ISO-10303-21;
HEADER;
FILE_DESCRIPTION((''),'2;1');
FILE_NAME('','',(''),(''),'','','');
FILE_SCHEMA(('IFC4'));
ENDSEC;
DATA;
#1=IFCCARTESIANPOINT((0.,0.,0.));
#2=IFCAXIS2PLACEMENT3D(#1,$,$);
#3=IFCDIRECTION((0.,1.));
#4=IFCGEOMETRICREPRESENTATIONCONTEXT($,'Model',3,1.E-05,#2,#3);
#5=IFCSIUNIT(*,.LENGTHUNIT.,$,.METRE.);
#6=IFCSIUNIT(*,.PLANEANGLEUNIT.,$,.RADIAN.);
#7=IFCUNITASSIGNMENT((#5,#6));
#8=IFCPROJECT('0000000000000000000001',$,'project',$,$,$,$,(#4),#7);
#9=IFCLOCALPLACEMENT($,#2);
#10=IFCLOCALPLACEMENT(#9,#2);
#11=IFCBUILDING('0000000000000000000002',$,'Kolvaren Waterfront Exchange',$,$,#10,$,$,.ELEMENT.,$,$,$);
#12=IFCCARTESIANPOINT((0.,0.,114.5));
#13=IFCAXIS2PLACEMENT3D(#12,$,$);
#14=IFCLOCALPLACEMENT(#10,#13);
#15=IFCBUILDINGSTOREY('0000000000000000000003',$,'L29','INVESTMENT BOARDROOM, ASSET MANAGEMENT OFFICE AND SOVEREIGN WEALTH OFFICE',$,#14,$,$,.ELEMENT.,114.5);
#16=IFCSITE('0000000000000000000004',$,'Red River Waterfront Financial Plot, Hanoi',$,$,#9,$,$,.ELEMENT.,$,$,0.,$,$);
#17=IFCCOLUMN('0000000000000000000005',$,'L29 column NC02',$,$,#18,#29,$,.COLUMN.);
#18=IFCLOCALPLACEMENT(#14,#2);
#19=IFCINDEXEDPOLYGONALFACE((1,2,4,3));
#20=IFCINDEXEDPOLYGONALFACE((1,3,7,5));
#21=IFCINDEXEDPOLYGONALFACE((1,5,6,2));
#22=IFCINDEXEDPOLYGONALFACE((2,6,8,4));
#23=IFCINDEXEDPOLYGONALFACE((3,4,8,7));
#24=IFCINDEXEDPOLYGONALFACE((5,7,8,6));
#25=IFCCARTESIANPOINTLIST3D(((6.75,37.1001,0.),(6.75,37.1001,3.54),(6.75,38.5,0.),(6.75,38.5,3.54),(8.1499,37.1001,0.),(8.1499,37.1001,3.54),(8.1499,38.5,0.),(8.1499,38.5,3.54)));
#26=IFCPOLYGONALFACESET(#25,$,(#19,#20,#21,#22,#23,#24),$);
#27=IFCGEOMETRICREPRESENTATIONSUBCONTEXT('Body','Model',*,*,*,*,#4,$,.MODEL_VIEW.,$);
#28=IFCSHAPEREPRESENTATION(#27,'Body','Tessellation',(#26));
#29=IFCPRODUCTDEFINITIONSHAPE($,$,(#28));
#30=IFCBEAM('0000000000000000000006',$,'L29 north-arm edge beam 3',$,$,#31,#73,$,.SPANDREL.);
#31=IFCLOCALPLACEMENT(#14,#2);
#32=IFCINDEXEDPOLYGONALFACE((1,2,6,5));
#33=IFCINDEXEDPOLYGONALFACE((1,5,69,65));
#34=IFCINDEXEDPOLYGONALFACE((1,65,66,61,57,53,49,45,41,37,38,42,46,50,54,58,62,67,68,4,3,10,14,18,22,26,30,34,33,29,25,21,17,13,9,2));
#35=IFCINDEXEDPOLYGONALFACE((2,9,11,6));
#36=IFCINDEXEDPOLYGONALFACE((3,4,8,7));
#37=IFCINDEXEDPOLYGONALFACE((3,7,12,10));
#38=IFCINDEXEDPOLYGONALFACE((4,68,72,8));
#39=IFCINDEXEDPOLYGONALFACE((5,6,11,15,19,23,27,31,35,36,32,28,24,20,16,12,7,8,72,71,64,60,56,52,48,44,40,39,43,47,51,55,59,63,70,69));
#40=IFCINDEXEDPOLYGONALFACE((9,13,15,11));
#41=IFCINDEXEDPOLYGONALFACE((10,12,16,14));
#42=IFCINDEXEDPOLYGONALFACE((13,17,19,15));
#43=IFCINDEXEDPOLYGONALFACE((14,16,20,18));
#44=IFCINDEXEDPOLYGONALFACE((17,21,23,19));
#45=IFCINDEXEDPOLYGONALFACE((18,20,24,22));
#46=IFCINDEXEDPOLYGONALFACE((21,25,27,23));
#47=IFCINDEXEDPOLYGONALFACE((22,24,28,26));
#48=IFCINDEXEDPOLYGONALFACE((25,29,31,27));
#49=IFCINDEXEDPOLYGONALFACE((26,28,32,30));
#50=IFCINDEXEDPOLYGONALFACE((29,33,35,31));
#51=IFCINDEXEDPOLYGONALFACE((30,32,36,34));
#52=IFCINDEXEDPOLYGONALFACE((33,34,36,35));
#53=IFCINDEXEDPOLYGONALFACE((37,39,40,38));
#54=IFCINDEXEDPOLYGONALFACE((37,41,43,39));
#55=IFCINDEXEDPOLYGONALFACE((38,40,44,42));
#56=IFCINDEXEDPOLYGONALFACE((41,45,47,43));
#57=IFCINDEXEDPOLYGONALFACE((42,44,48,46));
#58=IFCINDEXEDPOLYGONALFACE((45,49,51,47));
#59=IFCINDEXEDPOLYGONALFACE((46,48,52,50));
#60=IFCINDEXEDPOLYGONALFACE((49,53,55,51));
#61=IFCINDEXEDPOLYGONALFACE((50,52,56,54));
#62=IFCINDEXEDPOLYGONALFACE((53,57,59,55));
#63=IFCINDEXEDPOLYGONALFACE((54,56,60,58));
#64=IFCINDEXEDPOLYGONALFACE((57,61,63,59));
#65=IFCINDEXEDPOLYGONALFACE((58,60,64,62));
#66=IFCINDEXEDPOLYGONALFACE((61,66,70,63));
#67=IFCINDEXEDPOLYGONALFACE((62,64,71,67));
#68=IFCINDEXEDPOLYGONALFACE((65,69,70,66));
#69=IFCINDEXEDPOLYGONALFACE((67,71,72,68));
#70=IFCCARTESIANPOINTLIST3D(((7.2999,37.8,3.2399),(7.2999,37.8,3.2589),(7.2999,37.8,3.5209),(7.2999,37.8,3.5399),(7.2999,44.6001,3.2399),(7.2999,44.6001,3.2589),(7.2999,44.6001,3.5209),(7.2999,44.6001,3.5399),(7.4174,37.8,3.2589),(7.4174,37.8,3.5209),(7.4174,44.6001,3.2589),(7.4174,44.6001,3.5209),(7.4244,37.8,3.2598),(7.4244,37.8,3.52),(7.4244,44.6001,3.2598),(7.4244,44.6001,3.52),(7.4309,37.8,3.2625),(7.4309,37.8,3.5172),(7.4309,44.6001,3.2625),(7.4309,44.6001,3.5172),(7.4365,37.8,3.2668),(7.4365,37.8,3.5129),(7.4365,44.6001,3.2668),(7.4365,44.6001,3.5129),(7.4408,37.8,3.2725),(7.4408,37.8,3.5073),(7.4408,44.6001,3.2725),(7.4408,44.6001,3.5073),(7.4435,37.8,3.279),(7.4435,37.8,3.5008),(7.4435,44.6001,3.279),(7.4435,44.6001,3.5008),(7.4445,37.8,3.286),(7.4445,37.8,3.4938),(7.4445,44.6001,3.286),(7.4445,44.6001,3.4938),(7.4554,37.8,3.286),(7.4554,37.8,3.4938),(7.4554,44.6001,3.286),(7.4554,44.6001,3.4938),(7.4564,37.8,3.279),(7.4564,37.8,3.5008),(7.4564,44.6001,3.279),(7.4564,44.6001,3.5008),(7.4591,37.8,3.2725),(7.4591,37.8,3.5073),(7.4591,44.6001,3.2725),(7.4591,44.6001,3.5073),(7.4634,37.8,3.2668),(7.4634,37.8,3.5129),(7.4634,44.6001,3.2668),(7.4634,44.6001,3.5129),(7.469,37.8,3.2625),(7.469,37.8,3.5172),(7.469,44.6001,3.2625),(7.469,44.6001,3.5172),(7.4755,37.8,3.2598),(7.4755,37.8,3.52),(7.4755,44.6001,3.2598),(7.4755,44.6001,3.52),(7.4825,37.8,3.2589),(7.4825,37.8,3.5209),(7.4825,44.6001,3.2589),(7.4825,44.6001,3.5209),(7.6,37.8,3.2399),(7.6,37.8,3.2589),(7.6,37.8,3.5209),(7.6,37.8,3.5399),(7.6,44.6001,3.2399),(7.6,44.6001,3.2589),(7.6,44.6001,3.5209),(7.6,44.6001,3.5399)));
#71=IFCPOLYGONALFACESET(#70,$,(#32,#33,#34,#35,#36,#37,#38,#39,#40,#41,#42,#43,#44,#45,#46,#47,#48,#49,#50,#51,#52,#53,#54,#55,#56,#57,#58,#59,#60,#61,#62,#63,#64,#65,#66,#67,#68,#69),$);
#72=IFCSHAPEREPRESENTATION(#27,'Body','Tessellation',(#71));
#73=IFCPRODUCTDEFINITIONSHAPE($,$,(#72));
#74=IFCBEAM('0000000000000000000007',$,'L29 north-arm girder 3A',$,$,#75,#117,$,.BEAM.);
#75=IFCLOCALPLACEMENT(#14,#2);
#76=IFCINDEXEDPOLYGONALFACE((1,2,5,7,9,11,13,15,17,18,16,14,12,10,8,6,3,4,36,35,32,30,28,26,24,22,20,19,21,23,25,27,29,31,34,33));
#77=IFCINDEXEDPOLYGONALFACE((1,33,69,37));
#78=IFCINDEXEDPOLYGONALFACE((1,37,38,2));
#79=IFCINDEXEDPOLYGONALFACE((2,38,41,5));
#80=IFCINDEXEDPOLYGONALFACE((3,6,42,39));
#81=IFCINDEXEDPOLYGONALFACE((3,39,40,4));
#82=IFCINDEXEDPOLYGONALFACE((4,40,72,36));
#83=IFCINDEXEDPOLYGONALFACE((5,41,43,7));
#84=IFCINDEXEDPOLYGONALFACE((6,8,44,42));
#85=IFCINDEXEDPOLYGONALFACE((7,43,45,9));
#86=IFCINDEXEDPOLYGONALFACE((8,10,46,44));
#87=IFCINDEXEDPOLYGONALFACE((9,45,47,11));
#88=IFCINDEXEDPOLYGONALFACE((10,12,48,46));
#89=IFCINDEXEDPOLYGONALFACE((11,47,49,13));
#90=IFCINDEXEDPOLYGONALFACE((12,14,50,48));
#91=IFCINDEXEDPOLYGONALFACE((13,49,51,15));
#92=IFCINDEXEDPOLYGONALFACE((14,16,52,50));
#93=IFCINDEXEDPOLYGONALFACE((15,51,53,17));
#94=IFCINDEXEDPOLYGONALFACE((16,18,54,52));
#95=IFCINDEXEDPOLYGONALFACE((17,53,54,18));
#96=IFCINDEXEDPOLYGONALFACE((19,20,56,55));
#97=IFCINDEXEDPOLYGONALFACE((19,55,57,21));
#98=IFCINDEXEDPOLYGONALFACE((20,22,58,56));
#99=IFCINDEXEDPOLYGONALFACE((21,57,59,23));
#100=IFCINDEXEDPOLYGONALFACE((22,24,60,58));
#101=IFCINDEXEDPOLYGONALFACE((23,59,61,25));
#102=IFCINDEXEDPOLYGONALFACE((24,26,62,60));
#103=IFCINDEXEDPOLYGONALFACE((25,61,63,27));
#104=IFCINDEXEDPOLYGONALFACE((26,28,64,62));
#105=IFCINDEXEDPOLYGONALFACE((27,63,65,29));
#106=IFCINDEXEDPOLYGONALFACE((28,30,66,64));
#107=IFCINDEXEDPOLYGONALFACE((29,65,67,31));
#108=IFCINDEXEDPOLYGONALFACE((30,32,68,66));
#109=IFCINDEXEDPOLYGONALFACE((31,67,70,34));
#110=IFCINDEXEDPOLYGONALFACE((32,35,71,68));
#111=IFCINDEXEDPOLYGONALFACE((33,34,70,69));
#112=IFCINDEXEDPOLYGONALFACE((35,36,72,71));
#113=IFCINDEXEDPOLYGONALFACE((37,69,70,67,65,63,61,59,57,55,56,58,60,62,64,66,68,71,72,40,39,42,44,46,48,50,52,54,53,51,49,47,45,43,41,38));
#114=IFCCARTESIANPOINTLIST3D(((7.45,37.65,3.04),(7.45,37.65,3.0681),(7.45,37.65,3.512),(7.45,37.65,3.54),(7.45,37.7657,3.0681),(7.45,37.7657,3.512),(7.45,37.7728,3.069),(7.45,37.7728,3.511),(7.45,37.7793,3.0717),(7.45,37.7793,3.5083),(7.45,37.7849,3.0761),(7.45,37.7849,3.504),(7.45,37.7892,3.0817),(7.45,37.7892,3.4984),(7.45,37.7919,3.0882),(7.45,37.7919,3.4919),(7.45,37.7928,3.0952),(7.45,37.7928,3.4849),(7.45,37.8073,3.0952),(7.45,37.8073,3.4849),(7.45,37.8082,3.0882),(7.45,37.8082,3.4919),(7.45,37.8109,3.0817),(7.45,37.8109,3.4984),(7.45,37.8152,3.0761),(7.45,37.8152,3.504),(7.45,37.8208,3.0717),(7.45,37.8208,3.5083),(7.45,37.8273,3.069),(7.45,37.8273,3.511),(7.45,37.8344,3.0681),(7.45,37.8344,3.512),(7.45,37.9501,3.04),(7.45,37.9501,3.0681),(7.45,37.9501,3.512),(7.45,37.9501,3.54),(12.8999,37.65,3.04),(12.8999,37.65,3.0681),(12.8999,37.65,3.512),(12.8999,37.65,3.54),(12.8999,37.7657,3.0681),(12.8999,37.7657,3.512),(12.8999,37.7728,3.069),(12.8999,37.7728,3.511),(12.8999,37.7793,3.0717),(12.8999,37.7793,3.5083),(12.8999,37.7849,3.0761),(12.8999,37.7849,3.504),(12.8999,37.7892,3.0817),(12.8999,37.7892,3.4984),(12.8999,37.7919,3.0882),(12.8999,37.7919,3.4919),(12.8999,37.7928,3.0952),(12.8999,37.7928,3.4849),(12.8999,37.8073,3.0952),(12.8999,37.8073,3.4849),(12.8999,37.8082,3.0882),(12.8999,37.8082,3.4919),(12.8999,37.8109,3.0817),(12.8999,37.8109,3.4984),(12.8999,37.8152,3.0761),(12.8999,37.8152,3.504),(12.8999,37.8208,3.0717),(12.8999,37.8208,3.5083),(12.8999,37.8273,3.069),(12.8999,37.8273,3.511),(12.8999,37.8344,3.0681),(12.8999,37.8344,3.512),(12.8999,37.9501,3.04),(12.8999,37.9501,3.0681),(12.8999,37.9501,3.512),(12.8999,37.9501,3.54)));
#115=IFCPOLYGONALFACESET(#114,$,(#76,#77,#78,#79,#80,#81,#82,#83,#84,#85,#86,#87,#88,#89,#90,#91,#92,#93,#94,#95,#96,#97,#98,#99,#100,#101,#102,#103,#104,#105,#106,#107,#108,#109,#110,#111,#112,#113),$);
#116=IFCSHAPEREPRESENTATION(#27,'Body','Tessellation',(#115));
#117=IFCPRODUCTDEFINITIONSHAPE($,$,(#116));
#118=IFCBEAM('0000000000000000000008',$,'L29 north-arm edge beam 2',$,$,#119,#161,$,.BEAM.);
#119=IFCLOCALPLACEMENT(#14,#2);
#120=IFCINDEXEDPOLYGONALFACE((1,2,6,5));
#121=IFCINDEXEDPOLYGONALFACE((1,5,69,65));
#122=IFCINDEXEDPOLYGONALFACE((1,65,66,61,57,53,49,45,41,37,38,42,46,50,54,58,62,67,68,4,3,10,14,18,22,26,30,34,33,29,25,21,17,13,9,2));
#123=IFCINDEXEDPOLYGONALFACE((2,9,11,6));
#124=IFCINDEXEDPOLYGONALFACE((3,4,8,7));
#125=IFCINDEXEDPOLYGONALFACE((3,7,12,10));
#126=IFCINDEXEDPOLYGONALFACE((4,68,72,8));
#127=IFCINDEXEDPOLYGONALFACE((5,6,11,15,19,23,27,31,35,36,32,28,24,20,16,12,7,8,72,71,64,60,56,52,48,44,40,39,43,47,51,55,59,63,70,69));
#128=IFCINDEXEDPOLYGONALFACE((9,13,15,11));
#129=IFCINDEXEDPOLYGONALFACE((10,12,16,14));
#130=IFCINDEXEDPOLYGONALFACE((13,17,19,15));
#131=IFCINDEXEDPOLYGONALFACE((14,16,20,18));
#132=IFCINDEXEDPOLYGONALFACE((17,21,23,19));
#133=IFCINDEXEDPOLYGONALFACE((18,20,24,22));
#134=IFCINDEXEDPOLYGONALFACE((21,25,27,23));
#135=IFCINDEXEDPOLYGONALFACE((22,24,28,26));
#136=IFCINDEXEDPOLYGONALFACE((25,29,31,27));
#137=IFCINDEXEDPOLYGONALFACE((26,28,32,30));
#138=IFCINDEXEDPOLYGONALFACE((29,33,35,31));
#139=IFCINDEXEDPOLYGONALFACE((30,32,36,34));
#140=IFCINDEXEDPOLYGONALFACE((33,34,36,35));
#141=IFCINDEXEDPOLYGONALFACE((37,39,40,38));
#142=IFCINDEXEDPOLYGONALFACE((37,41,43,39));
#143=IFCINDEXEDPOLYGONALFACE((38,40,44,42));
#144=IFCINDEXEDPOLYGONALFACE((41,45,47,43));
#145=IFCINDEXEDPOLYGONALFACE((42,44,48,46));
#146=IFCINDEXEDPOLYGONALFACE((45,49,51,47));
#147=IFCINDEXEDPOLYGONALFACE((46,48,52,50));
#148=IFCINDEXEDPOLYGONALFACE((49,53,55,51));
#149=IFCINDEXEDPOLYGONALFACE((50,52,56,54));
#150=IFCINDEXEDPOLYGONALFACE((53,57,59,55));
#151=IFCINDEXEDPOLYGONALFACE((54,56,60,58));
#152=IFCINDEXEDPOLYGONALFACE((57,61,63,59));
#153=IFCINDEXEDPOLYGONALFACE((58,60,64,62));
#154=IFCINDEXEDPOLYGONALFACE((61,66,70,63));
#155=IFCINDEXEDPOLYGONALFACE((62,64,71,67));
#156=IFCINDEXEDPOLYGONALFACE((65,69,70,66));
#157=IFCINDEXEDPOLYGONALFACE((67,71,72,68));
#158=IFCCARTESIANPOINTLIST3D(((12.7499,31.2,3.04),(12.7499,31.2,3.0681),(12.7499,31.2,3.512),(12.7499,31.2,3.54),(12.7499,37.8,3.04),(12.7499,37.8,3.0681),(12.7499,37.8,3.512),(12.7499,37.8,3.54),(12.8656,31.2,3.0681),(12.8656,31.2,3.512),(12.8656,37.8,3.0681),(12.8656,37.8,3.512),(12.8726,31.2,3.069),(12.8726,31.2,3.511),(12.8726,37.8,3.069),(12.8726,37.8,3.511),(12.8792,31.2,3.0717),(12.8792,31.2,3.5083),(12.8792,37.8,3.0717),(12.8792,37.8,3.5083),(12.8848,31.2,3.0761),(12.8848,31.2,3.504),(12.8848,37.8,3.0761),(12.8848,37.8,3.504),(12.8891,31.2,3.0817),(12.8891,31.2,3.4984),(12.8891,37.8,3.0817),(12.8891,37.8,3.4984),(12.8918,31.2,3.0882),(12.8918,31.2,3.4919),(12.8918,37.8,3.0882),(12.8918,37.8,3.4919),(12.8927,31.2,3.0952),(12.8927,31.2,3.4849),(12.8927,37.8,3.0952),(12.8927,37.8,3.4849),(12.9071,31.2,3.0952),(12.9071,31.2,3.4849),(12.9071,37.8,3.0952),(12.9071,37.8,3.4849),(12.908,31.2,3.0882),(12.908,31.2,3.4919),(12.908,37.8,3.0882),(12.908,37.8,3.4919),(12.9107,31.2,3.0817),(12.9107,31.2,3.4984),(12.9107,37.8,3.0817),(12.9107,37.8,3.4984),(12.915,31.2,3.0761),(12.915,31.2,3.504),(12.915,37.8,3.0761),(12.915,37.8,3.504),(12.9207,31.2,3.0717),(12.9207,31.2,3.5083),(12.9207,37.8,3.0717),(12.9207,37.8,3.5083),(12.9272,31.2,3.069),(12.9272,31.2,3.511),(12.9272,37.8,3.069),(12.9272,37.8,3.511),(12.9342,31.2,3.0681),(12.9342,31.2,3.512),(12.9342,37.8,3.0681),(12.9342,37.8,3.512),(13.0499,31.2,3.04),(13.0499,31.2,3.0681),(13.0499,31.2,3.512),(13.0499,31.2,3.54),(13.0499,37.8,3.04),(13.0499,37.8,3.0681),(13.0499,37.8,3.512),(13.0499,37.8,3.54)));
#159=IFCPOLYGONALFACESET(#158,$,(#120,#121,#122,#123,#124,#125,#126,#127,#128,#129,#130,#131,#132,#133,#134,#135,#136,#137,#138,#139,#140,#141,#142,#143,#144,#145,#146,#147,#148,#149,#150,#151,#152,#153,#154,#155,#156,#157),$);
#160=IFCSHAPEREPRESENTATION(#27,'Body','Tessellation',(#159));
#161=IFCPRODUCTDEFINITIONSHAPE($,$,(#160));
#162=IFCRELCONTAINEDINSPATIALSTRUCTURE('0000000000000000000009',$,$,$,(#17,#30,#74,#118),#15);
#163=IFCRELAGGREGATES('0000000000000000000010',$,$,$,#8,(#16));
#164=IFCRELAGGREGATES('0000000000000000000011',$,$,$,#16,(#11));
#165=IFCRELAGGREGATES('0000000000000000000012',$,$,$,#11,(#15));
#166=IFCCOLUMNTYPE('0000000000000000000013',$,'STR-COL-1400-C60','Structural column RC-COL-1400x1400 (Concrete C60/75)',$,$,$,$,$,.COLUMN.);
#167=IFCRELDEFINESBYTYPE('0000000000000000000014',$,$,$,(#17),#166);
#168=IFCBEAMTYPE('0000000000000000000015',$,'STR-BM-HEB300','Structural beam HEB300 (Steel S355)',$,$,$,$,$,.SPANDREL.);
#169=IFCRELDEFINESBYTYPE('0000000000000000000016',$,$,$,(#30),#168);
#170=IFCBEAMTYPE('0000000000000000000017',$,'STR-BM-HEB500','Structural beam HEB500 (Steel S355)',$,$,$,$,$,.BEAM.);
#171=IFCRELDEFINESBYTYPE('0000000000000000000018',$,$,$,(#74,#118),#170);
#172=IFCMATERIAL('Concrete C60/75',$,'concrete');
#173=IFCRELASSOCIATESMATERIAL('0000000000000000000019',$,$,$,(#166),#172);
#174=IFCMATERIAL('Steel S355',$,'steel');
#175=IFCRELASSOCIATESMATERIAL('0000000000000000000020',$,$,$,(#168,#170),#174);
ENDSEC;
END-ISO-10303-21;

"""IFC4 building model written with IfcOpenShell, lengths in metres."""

from ifc_helpers import new_model, si_unit, direction, frame, origin, origin_2d, place, context, subcontext, project, spatial, rectangle, i_section, extrude, material, material_profile, profile_set, type_object, element, save


model = new_model("IFC4")

# Units and contexts
model_context = context("Model", 3, precision=1e-05, world=origin(), true_north=direction((0.0, 1.0)))
body_context = subcontext(model_context, "Body", "Model", "MODEL_VIEW")
ifc_project = project(units=[si_unit("LENGTHUNIT", "METRE"), si_unit("PLANEANGLEUNIT", "RADIAN")], contexts=[model_context])

# Site, building, storey
site_placement = place(None, origin())
site = spatial("IfcSite", under=ifc_project, at=site_placement, Name="Red River Waterfront Financial Plot, Hanoi", CompositionType="ELEMENT", RefElevation=0.0)
building_placement = place(site_placement, origin())
building = spatial("IfcBuilding", under=site, at=building_placement, Name="Kolvaren Waterfront Exchange", CompositionType="ELEMENT")
storey_placement = place(building_placement, frame((0.0, 0.0, 114.5)))
storey = spatial("IfcBuildingStorey", under=building, at=storey_placement, Name="L29", Description="INVESTMENT BOARDROOM, ASSET MANAGEMENT OFFICE AND SOVEREIGN WEALTH OFFICE", CompositionType="ELEMENT", Elevation=114.5)

# Column
ifc_material_1 = material(Name="Concrete C60/75", Category="concrete")
ifc_material_profile_1 = material_profile(ifc_material_1, rectangle(XDim=1.3999, YDim=1.3999, at=origin_2d()), Name="RC-COL-1400x1400")
ifc_profile_set_1 = profile_set([ifc_material_profile_1], Name="Concrete C60/75")
column_type = type_object("IfcColumnType", Name="STR-COL-1400-C60", Description="Structural column RC-COL-1400x1400 (Concrete C60/75)", PredefinedType="COLUMN", material=ifc_profile_set_1)
column_placement = place(storey_placement, frame((7.45, 37.8, 0.0), z_axis=(0.0, 0.0, 1.0), x_axis=(1.0, 0.0, 0.0)))
element("IfcColumn", 1, at=column_placement, inside=storey, type_object=column_type, Name="L29 column NC02", PredefinedType="COLUMN", context=body_context, shape_type="SweptSolid", body=[
    extrude(rectangle(XDim=1.3999, YDim=1.3999, at=origin_2d()), origin(), (0.0, 0.0, 1.0), 3.54),
])

# Beams
ifc_material_2 = material(Name="Steel S355", Category="steel")
ifc_material_profile_2 = material_profile(ifc_material_2, i_section(OverallWidth=0.3, OverallDepth=0.3, WebThickness=0.011, FlangeThickness=0.019, FilletRadius=0.0271, at=origin_2d()), Name="HEB300")
ifc_profile_set_2 = profile_set([ifc_material_profile_2], Name="Steel S355")
beam_type_1 = type_object("IfcBeamType", Name="STR-BM-HEB300", Description="Structural beam HEB300 (Steel S355)", PredefinedType="SPANDREL", material=ifc_profile_set_2)
beam_1_placement = place(storey_placement, frame((7.45, 37.8, 3.3899), z_axis=(0.0, 1.0, 0.0), x_axis=(-1.0, 0.0, 0.0)))
element("IfcBeam", 2, at=beam_1_placement, inside=storey, type_object=beam_type_1, Name="L29 north-arm edge beam 3", PredefinedType="SPANDREL", context=body_context, shape_type="SweptSolid", body=[
    extrude(i_section(OverallWidth=0.3, OverallDepth=0.3, WebThickness=0.011, FlangeThickness=0.019, FilletRadius=0.0271, at=origin_2d()), origin(), (0.0, 0.0, 1.0), 6.8),
])
ifc_material_profile_3 = material_profile(ifc_material_2, i_section(OverallWidth=0.3, OverallDepth=0.5, WebThickness=0.0144, FlangeThickness=0.0281, FilletRadius=0.0271, at=origin_2d()), Name="HEB500")
ifc_profile_set_3 = profile_set([ifc_material_profile_3], Name="Steel S355")
beam_type_2 = type_object("IfcBeamType", Name="STR-BM-HEB500", Description="Structural beam HEB500 (Steel S355)", PredefinedType="BEAM", material=ifc_profile_set_3)
beam_2_placement = place(storey_placement, frame((7.45, 37.8, 3.29), z_axis=(1.0, 0.0, 0.0), x_axis=(0.0, 1.0, 0.0)))
element("IfcBeam", 3, at=beam_2_placement, inside=storey, type_object=beam_type_2, Name="L29 north-arm girder 3A", PredefinedType="BEAM", context=body_context, shape_type="SweptSolid", body=[
    extrude(i_section(OverallWidth=0.3, OverallDepth=0.5, WebThickness=0.0144, FlangeThickness=0.0281, FilletRadius=0.0271, at=origin_2d()), origin(), (0.0, 0.0, 1.0), 5.45),
])
beam_3_placement = place(storey_placement, frame((12.8999, 31.2, 3.29), z_axis=(0.0, 1.0, 0.0), x_axis=(-1.0, 0.0, 0.0)))
element("IfcBeam", 4, at=beam_3_placement, inside=storey, type_object=beam_type_2, Name="L29 north-arm edge beam 2", PredefinedType="BEAM", context=body_context, shape_type="SweptSolid", body=[
    extrude(i_section(OverallWidth=0.3, OverallDepth=0.5, WebThickness=0.0144, FlangeThickness=0.0281, FilletRadius=0.0271, at=origin_2d()), origin(), (0.0, 0.0, 1.0), 6.6001),
])

save(model, "model.ifc")
